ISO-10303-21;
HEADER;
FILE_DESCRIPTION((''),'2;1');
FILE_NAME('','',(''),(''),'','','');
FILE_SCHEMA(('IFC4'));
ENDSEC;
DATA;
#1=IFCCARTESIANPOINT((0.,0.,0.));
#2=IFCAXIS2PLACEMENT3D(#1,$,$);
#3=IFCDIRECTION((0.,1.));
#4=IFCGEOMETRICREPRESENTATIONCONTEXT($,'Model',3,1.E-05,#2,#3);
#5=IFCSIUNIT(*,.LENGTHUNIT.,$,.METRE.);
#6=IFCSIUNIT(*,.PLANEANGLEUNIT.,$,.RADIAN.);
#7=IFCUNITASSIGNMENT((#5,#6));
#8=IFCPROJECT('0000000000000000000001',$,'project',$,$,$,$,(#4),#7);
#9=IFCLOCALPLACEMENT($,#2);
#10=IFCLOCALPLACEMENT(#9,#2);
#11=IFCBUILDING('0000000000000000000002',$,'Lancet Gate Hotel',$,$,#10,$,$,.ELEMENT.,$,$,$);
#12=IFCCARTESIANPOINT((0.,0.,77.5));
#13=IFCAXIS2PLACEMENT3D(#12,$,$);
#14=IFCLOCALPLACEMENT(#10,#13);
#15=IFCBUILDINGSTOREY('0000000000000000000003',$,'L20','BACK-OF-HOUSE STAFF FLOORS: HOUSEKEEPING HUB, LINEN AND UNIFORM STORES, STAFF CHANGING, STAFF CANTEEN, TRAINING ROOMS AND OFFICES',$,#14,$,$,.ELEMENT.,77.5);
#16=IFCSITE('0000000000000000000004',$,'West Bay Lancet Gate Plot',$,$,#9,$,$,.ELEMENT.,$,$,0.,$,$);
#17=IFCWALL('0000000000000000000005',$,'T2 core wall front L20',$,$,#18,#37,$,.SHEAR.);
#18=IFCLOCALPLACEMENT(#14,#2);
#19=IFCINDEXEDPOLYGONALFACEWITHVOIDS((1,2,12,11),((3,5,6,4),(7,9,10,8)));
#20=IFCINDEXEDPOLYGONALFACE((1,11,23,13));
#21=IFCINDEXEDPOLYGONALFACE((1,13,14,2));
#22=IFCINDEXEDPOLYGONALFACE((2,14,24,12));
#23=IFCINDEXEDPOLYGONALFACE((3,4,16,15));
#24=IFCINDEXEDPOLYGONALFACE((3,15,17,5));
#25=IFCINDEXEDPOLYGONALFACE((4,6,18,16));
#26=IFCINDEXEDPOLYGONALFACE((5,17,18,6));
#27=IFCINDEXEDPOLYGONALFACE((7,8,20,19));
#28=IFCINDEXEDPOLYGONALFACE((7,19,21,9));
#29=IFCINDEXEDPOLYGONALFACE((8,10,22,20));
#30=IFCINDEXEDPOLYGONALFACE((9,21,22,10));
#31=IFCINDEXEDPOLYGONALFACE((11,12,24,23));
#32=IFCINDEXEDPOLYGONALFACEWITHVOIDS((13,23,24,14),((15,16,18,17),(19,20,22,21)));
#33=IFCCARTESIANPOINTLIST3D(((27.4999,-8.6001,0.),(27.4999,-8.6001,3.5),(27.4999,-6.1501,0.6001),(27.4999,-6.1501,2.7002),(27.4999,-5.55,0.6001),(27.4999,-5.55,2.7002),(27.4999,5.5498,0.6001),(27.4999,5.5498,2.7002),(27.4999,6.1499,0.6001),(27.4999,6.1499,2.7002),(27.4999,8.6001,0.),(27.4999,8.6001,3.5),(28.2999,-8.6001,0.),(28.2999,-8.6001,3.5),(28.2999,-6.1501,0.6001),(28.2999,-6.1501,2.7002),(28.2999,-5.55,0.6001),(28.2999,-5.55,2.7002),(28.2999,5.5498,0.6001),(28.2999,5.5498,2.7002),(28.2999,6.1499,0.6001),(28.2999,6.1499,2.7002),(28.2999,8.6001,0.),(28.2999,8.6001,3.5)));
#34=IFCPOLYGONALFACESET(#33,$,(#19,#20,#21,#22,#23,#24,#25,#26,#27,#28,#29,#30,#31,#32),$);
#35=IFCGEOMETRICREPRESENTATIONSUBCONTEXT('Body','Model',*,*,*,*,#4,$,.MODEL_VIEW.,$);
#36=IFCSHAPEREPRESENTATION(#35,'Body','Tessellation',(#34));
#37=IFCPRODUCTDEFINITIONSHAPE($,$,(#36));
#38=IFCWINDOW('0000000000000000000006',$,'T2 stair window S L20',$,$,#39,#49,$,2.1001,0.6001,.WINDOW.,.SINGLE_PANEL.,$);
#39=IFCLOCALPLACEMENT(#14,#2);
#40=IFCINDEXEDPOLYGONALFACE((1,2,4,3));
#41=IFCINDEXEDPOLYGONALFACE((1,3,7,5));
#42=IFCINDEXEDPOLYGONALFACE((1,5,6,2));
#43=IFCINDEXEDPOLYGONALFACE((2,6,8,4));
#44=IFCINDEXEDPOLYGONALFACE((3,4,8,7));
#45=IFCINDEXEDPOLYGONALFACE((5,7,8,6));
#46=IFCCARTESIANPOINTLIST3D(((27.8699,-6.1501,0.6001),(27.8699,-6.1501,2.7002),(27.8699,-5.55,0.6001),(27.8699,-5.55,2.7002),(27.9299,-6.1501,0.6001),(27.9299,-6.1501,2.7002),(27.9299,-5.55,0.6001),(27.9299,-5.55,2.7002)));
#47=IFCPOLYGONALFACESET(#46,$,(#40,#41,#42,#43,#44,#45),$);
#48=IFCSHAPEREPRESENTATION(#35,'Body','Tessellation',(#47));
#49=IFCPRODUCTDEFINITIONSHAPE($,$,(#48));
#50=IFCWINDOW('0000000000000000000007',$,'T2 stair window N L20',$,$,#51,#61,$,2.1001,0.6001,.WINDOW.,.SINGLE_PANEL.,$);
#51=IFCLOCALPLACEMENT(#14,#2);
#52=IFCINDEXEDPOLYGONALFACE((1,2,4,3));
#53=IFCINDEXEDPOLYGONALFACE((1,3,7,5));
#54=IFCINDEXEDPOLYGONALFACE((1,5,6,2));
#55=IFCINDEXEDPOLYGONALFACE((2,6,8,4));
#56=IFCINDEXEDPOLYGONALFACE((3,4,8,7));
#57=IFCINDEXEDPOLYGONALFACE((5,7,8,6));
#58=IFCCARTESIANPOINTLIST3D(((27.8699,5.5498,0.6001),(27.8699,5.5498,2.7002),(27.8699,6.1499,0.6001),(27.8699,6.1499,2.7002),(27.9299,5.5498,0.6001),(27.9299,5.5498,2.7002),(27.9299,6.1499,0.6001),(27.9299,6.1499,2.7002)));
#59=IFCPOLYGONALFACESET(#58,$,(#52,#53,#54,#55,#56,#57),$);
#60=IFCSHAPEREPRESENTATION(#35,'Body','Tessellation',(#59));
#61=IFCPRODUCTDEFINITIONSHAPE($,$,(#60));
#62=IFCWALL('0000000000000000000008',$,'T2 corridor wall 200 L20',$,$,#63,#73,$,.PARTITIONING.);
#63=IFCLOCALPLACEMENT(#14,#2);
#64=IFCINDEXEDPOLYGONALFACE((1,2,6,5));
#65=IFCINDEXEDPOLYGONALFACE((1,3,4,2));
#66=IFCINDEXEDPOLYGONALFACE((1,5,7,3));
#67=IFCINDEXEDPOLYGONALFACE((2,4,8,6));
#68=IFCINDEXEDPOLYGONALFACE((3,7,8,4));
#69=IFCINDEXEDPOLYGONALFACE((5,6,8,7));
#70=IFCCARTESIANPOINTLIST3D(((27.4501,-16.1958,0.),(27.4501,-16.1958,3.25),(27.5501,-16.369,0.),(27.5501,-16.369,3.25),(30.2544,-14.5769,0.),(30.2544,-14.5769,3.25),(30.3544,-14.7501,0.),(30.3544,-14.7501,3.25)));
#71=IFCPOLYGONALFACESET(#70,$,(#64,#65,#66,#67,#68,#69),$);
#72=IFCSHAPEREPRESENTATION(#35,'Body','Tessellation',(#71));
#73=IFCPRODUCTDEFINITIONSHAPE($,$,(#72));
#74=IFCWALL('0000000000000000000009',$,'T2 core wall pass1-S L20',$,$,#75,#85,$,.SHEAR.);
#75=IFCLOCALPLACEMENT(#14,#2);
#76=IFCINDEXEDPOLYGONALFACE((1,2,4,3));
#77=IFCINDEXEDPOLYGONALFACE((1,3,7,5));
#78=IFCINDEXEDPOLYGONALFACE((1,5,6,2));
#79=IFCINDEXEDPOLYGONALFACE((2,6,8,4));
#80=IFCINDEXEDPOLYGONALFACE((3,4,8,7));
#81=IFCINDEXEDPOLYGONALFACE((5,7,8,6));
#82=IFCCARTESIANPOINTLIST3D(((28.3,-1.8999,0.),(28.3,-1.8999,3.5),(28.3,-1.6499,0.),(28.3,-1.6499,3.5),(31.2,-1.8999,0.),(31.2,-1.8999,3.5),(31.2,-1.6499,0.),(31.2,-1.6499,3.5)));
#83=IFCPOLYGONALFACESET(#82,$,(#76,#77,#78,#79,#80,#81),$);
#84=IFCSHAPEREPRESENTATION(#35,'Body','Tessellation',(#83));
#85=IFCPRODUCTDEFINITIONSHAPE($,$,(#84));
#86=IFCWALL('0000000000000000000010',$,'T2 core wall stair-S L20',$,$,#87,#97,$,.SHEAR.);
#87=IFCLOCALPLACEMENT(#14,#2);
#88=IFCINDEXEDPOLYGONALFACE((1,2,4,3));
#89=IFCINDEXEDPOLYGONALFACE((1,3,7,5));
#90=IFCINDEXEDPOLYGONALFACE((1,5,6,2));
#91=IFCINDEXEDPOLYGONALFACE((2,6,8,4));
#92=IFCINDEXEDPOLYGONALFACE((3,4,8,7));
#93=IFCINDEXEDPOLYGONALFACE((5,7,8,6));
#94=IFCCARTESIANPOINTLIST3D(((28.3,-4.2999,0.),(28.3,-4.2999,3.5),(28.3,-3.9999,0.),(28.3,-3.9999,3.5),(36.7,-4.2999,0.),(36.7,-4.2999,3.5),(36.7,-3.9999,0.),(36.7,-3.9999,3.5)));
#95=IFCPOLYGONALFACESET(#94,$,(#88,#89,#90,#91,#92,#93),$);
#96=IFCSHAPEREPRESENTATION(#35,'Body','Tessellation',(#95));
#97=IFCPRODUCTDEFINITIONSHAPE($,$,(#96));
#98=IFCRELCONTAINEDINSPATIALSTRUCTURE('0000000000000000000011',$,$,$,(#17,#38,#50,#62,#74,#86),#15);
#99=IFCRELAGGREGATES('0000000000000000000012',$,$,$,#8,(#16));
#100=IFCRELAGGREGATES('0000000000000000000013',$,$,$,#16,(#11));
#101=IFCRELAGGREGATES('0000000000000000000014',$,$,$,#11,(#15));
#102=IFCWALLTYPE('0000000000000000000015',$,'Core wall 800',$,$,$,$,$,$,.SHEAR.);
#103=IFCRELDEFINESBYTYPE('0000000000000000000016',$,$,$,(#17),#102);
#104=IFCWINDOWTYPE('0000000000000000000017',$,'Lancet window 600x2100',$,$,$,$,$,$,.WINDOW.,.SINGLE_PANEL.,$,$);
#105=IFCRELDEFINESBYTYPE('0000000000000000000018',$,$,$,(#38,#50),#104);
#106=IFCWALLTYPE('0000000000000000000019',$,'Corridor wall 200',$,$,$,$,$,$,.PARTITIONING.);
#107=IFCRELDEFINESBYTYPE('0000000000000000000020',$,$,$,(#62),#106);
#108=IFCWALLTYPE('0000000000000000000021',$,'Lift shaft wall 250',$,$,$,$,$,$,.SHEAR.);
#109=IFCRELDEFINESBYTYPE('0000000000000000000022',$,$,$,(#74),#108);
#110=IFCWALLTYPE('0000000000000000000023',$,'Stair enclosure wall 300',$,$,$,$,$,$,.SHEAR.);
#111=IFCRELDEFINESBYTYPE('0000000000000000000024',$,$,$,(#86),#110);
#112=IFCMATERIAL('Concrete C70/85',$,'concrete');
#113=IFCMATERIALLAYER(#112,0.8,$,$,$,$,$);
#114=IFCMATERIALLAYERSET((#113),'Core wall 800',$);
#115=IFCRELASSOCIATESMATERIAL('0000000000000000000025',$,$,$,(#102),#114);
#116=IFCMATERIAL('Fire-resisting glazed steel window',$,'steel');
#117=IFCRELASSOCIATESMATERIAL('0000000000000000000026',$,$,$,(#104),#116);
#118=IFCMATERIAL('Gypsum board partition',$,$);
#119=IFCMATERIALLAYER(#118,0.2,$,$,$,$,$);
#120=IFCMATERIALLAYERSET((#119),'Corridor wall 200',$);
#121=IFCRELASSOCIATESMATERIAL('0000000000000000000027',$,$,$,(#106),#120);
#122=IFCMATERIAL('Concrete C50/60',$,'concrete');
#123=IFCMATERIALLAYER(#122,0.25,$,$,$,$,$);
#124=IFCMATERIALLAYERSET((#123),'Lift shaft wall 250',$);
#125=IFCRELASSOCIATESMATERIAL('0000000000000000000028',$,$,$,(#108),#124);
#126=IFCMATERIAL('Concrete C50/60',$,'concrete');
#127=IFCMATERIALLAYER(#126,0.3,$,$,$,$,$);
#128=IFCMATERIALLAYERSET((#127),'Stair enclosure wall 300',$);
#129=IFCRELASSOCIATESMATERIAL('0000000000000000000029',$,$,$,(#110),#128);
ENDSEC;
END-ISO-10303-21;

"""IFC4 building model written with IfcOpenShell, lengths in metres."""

from ifc_helpers import new_model, si_unit, direction, frame, frame_2d, origin, place, context, subcontext, project, spatial, rectangle, extrude, material, layer, layer_set, type_object, element, fill, save


model = new_model("IFC4")

# Units and contexts
model_context = context("Model", 3, precision=1e-05, world=origin(), true_north=direction((0.0, 1.0)))
body_context = subcontext(model_context, "Body", "Model", "MODEL_VIEW")
ifc_project = project(units=[si_unit("LENGTHUNIT", "METRE"), si_unit("PLANEANGLEUNIT", "RADIAN")], contexts=[model_context])

# Site, building, storey
site_placement = place(None, origin())
site = spatial("IfcSite", under=ifc_project, at=site_placement, Name="West Bay Lancet Gate Plot", CompositionType="ELEMENT", RefElevation=0.0)
building_placement = place(site_placement, origin())
building = spatial("IfcBuilding", under=site, at=building_placement, Name="Lancet Gate Hotel", CompositionType="ELEMENT")
storey_placement = place(building_placement, frame((0.0, 0.0, 77.5)))
storey = spatial("IfcBuildingStorey", under=building, at=storey_placement, Name="L20", Description="BACK-OF-HOUSE STAFF FLOORS: HOUSEKEEPING HUB, LINEN AND UNIFORM STORES, STAFF CHANGING, STAFF CANTEEN, TRAINING ROOMS AND OFFICES", CompositionType="ELEMENT", Elevation=77.5)

# Wall, openings, windows
ifc_material_1 = material(Name="Concrete C70/85", Category="concrete")
ifc_layer_1 = layer(ifc_material_1, 0.8)
ifc_layer_set_1 = layer_set([ifc_layer_1], Name="Core wall 800")
wall_type_1 = type_object("IfcWallType", Name="Core wall 800", PredefinedType="SHEAR", material=ifc_layer_set_1)
wall_1_placement = place(storey_placement, frame((27.8999, -8.6001, 0.0), z_axis=(0.0, 0.0, 1.0), x_axis=(0.0, 1.0, 0.0)))
wall_1 = element("IfcWall", 1, at=wall_1_placement, inside=storey, type_object=wall_type_1, Name="T2 core wall front L20", PredefinedType="SHEAR", context=body_context, shape_type="SweptSolid", body=[
    extrude(rectangle(XDim=17.2002, YDim=0.8, at=frame_2d((8.6001, 0.0))), origin(), (0.0, 0.0, 1.0), 3.5),
])
opening_1_placement = place(wall_1_placement, frame((2.45, 0.0, 0.6001)))
opening_1 = element("IfcOpeningElement", 2, at=opening_1_placement, cuts=wall_1, PredefinedType="OPENING", context=body_context, shape_type="SweptSolid", body=[
    extrude(rectangle(XDim=0.6001, YDim=2.1001, at=frame_2d((0.3, 1.05))), frame((0.0, 0.4099, 0.0), z_axis=(0.0, -1.0, 0.0), x_axis=(1.0, 0.0, 0.0)), (0.0, 0.0, 1.0), 0.8201),
])
opening_2_placement = place(wall_1_placement, frame((14.1499, 0.0, 0.6001)))
opening_2 = element("IfcOpeningElement", 3, at=opening_2_placement, cuts=wall_1, PredefinedType="OPENING", context=body_context, shape_type="SweptSolid", body=[
    extrude(rectangle(XDim=0.6001, YDim=2.1001, at=frame_2d((0.3, 1.05))), frame((0.0, 0.4099, 0.0), z_axis=(0.0, -1.0, 0.0), x_axis=(1.0, 0.0, 0.0)), (0.0, 0.0, 1.0), 0.8201),
])
ifc_material_2 = material(Name="Fire-resisting glazed steel window", Category="steel")
window_type = type_object("IfcWindowType", Name="Lancet window 600x2100", PartitioningType="SINGLE_PANEL", PredefinedType="WINDOW", material=ifc_material_2)
window_1_placement = place(opening_1_placement, origin())
window_1 = element("IfcWindow", 4, at=window_1_placement, inside=storey, type_object=window_type, Name="T2 stair window S L20", OverallHeight=2.1001, OverallWidth=0.6001, PartitioningType="SINGLE_PANEL", PredefinedType="WINDOW", context=body_context, shape_type="SweptSolid", body=[
    extrude(rectangle(XDim=0.6001, YDim=2.1001, at=frame_2d((0.3, 1.05))), frame((0.0, 0.03, 0.0), z_axis=(0.0, -1.0, 0.0), x_axis=(1.0, 0.0, 0.0)), (0.0, 0.0, 1.0), 0.0601),
])
fill(opening_1, window_1)
window_2_placement = place(opening_2_placement, origin())
window_2 = element("IfcWindow", 5, at=window_2_placement, inside=storey, type_object=window_type, Name="T2 stair window N L20", OverallHeight=2.1001, OverallWidth=0.6001, PartitioningType="SINGLE_PANEL", PredefinedType="WINDOW", context=body_context, shape_type="SweptSolid", body=[
    extrude(rectangle(XDim=0.6001, YDim=2.1001, at=frame_2d((0.3, 1.05))), frame((0.0, 0.03, 0.0), z_axis=(0.0, -1.0, 0.0), x_axis=(1.0, 0.0, 0.0)), (0.0, 0.0, 1.0), 0.0601),
])
fill(opening_2, window_2)

# Walls
ifc_material_3 = material(Name="Gypsum board partition")
ifc_layer_2 = layer(ifc_material_3, 0.2)
ifc_layer_set_2 = layer_set([ifc_layer_2], Name="Corridor wall 200")
wall_type_2 = type_object("IfcWallType", Name="Corridor wall 200", PredefinedType="PARTITIONING", material=ifc_layer_set_2)
wall_2_placement = place(storey_placement, frame((27.5, -16.2825, 0.0), z_axis=(0.0, 0.0, 1.0), x_axis=(0.86604, 0.499975, 0.0)))
element("IfcWall", 6, at=wall_2_placement, inside=storey, type_object=wall_type_2, Name="T2 corridor wall 200 L20", PredefinedType="PARTITIONING", context=body_context, shape_type="SweptSolid", body=[
    extrude(rectangle(XDim=3.238, YDim=0.2, at=frame_2d((1.6191, 0.0))), origin(), (0.0, 0.0, 1.0), 3.25),
])
ifc_material_4 = material(Name="Concrete C50/60", Category="concrete")
ifc_layer_3 = layer(ifc_material_4, 0.25)
ifc_layer_set_3 = layer_set([ifc_layer_3], Name="Lift shaft wall 250")
wall_type_3 = type_object("IfcWallType", Name="Lift shaft wall 250", PredefinedType="SHEAR", material=ifc_layer_set_3)
wall_3_placement = place(storey_placement, frame((28.3, -1.7749, 0.0), z_axis=(0.0, 0.0, 1.0), x_axis=(1.0, 0.0, 0.0)))
element("IfcWall", 7, at=wall_3_placement, inside=storey, type_object=wall_type_3, Name="T2 core wall pass1-S L20", PredefinedType="SHEAR", context=body_context, shape_type="SweptSolid", body=[
    extrude(rectangle(XDim=2.8999, YDim=0.25, at=frame_2d((1.45, 0.0))), origin(), (0.0, 0.0, 1.0), 3.5),
])
ifc_material_5 = material(Name="Concrete C50/60", Category="concrete")
ifc_layer_4 = layer(ifc_material_5, 0.3)
ifc_layer_set_4 = layer_set([ifc_layer_4], Name="Stair enclosure wall 300")
wall_type_4 = type_object("IfcWallType", Name="Stair enclosure wall 300", PredefinedType="SHEAR", material=ifc_layer_set_4)
wall_4_placement = place(storey_placement, frame((28.3, -4.1499, 0.0), z_axis=(0.0, 0.0, 1.0), x_axis=(1.0, 0.0, 0.0)))
element("IfcWall", 8, at=wall_4_placement, inside=storey, type_object=wall_type_4, Name="T2 core wall stair-S L20", PredefinedType="SHEAR", context=body_context, shape_type="SweptSolid", body=[
    extrude(rectangle(XDim=8.3999, YDim=0.3, at=frame_2d((4.2, 0.0))), origin(), (0.0, 0.0, 1.0), 3.5),
])

save(model, "model.ifc")
